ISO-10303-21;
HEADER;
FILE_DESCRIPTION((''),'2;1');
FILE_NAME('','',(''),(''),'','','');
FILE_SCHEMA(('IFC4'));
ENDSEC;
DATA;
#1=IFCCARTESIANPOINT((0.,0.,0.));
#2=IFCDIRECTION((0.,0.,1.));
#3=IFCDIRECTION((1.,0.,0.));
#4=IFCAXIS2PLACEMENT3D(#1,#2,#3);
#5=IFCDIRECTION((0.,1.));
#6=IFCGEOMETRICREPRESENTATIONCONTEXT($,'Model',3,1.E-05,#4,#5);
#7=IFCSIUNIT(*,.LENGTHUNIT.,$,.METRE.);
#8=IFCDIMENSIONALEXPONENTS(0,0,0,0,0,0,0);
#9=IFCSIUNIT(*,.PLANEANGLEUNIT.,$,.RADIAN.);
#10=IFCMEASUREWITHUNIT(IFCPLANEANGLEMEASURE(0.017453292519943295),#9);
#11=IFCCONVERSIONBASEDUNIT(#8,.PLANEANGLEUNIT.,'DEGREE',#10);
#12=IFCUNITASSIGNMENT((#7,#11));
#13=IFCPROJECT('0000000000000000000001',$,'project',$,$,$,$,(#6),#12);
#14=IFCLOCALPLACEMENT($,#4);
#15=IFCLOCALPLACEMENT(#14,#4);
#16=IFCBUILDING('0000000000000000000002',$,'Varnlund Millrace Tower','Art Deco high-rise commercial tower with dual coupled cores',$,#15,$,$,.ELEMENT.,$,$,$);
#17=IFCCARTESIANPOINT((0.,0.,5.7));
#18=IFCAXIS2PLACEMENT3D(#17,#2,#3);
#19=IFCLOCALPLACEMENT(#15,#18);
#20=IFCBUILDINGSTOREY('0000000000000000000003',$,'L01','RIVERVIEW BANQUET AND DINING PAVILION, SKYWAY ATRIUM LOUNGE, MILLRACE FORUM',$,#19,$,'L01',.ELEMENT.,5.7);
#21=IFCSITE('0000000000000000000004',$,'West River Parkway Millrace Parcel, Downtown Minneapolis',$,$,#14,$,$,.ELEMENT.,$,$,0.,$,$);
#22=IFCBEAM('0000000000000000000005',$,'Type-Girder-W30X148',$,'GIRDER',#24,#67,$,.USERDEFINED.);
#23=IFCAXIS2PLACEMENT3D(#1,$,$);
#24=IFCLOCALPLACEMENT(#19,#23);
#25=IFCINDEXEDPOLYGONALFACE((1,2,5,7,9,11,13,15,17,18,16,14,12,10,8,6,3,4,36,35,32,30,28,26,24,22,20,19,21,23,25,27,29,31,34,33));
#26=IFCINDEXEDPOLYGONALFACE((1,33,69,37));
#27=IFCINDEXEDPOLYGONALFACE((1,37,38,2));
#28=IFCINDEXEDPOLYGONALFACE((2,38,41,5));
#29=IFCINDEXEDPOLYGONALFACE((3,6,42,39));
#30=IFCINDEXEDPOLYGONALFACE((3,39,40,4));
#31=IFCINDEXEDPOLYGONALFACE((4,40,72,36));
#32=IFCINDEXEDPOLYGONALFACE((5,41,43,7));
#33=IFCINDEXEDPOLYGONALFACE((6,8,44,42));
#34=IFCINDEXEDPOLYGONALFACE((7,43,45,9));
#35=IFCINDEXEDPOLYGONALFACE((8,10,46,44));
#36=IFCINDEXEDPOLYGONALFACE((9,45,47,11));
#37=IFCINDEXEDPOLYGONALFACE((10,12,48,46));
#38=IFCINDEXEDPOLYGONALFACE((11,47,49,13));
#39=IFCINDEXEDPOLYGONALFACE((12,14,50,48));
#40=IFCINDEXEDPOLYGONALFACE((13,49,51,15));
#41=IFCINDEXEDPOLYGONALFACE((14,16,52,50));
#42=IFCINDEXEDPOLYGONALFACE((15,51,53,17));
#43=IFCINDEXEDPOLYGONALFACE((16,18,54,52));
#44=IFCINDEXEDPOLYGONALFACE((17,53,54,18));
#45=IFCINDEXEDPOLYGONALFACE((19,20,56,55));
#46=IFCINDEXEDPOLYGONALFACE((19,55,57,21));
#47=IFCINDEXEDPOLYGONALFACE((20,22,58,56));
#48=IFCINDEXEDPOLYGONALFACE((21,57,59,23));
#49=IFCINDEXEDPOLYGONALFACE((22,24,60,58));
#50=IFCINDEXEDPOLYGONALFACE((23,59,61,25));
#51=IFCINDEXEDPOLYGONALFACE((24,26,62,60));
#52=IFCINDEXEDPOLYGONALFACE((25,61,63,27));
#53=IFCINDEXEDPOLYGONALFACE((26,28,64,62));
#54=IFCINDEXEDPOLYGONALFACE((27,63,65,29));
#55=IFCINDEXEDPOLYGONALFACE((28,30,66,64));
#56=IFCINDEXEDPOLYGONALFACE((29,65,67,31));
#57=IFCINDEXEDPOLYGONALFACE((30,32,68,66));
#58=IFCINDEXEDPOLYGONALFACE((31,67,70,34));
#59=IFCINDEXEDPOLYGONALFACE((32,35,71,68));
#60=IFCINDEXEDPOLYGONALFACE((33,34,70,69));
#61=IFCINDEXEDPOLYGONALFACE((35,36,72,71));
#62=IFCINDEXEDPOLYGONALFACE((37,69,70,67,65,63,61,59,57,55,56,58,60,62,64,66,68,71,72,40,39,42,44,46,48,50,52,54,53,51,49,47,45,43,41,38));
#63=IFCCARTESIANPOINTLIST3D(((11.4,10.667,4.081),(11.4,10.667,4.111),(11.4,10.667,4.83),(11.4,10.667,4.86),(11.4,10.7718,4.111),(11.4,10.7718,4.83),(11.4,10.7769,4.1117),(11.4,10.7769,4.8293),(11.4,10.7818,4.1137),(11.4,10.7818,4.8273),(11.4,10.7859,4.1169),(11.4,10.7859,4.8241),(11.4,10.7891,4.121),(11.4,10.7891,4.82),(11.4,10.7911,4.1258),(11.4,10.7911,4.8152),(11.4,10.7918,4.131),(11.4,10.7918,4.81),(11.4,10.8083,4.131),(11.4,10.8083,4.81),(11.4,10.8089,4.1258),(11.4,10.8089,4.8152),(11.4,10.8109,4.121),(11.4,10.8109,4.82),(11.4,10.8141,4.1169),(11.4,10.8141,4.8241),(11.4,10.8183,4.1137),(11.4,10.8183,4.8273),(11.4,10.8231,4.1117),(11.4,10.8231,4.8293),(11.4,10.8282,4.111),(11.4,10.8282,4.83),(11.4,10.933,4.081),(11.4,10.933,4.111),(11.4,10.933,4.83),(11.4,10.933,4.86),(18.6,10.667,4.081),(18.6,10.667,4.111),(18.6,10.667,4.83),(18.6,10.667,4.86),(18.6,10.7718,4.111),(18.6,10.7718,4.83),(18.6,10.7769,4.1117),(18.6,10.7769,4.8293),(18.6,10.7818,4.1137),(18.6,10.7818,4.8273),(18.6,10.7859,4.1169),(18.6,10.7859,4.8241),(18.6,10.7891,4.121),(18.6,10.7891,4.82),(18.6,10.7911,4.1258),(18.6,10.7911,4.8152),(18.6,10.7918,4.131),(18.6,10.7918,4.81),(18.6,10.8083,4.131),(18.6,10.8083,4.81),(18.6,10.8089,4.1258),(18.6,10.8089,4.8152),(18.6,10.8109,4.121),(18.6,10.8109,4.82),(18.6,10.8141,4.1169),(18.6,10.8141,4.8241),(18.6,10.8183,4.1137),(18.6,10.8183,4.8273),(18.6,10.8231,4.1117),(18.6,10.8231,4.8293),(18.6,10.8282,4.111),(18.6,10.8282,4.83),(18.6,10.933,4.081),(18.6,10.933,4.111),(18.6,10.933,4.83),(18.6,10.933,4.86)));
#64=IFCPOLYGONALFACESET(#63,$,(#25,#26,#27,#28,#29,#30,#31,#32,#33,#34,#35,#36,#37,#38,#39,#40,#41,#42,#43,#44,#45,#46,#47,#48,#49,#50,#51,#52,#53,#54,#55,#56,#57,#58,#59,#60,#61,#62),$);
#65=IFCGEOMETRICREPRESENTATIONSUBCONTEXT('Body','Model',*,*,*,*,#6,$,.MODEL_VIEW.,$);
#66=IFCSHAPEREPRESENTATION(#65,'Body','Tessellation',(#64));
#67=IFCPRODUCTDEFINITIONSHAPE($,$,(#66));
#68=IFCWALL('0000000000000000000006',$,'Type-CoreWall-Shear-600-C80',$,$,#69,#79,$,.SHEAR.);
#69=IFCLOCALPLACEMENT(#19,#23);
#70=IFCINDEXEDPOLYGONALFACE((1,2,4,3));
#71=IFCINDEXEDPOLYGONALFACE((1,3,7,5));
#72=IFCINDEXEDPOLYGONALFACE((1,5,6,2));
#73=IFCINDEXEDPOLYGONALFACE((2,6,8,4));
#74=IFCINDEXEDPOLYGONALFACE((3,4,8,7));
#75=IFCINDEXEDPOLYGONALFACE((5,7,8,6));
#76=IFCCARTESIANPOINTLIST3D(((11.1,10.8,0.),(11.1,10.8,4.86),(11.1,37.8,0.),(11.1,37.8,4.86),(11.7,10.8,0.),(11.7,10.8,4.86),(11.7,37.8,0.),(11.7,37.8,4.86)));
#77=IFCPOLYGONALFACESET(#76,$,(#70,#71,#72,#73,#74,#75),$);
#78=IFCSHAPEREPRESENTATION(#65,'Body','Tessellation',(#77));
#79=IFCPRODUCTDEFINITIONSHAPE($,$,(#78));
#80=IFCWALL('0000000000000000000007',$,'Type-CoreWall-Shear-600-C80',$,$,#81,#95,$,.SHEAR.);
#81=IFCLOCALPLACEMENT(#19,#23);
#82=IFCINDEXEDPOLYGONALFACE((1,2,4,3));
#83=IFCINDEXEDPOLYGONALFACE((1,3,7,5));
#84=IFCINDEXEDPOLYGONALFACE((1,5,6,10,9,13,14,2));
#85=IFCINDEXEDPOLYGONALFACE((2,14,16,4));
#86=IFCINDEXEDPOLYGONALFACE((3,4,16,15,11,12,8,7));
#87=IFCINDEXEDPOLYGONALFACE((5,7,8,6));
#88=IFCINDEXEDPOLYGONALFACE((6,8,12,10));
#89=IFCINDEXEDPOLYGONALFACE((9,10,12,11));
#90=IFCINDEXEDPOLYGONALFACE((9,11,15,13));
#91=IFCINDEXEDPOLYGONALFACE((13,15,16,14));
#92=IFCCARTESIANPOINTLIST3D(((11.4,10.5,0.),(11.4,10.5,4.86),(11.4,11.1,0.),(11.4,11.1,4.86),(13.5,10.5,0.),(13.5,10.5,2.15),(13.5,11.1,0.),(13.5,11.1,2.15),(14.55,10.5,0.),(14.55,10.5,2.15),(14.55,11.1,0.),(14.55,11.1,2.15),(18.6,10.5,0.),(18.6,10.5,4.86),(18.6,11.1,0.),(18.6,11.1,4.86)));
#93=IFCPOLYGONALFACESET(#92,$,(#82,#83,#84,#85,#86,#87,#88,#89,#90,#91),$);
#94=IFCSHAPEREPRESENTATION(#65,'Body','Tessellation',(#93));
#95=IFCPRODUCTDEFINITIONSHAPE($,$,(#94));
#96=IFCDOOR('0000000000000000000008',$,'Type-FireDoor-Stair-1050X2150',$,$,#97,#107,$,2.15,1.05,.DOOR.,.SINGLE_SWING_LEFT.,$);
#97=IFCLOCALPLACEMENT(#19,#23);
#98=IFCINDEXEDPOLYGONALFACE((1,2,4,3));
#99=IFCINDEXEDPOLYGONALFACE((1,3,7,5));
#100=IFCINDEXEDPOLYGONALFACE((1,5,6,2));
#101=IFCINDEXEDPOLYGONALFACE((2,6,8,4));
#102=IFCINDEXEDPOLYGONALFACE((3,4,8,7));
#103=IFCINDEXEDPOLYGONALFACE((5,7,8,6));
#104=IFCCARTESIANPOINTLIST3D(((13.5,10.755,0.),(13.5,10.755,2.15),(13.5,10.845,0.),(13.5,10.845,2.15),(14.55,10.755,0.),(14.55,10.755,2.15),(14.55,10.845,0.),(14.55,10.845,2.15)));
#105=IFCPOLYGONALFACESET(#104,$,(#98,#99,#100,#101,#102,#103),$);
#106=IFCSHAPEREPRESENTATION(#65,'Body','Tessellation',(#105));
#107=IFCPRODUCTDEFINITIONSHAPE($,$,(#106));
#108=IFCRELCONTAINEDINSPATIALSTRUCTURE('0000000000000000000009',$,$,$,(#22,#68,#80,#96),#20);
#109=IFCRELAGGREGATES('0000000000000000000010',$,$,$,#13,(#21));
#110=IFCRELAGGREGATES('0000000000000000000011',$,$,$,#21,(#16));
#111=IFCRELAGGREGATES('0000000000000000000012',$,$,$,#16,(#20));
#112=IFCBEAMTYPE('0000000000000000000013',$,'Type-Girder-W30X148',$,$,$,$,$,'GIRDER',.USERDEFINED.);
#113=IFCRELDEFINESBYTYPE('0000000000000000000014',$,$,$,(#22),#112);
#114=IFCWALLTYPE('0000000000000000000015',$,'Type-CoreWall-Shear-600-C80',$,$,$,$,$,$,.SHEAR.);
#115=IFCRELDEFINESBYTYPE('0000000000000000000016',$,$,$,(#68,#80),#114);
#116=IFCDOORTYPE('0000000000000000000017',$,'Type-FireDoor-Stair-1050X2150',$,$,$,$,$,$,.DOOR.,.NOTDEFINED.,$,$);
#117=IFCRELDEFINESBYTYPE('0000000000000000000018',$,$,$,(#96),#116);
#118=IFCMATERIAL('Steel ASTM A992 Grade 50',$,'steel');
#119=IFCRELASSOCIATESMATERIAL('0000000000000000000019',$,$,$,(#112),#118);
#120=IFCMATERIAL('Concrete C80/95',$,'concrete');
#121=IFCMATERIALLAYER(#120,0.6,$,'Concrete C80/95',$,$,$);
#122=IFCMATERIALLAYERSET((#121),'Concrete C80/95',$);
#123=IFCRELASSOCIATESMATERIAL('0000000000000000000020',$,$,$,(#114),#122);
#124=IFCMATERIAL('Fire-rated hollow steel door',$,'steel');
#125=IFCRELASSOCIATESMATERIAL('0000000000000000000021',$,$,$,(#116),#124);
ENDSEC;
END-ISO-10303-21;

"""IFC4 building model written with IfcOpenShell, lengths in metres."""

from ifc_helpers import new_model, entity, si_unit, converted_unit, direction, frame, origin_with_axes, origin_2d_with_axis, place, context, subcontext, project, spatial, polyline, rectangle, i_section, outline, extrude, material, layer, layer_set, material_profile, profile_set, type_object, element, fill, save


model = new_model("IFC4")

# Units and contexts
model_context = context("Model", 3, precision=1e-05, world=origin_with_axes(), true_north=direction((0.0, 1.0)))
body_context = subcontext(model_context, "Body", "Model", "MODEL_VIEW")
ifc_project = project(units=[si_unit("LENGTHUNIT", "METRE"), converted_unit("PLANEANGLEUNIT", "DEGREE", entity("IfcPlaneAngleMeasure", 0.017453292519943295), si_unit("PLANEANGLEUNIT", "RADIAN"), dimensions=[0, 0, 0, 0, 0, 0, 0])], contexts=[model_context])

# Site, building, storey
site_placement = place(None, origin_with_axes())
site = spatial("IfcSite", under=ifc_project, at=site_placement, Name="West River Parkway Millrace Parcel, Downtown Minneapolis", CompositionType="ELEMENT", RefElevation=0.0)
building_placement = place(site_placement, origin_with_axes())
building = spatial("IfcBuilding", under=site, at=building_placement, Name="Varnlund Millrace Tower", Description="Art Deco high-rise commercial tower with dual coupled cores", CompositionType="ELEMENT")
storey_placement = place(building_placement, frame((0.0, 0.0, 5.7), z_axis=(0.0, 0.0, 1.0), x_axis=(1.0, 0.0, 0.0)))
storey = spatial("IfcBuildingStorey", under=building, at=storey_placement, Name="L01", Description="RIVERVIEW BANQUET AND DINING PAVILION, SKYWAY ATRIUM LOUNGE, MILLRACE FORUM", LongName="L01", CompositionType="ELEMENT", Elevation=5.7)

# Shared definitions
ifc_material_1 = material(Name="Concrete C80/95", Category="concrete")

# Beam
ifc_material_2 = material(Name="Steel ASTM A992 Grade 50", Category="steel")
ifc_material_profile_1 = material_profile(ifc_material_2, i_section(OverallWidth=0.266, OverallDepth=0.779, WebThickness=0.0165, FlangeThickness=0.03, FilletRadius=0.02, at=origin_2d_with_axis()), Name="Steel ASTM A992 Grade 50")
ifc_profile_set_1 = profile_set([ifc_material_profile_1], Name="Steel ASTM A992 Grade 50")
beam_type_1 = type_object("IfcBeamType", Name="Type-Girder-W30X148", ElementType="GIRDER", PredefinedType="USERDEFINED", material=ifc_profile_set_1)
beam_1_placement = place(storey_placement, frame((11.4, 10.8, 4.4705), z_axis=(1.0, 0.0, 0.0), x_axis=(0.0, 1.0, 0.0)))
element("IfcBeam", 1, at=beam_1_placement, inside=storey, type_object=beam_type_1, Name="Type-Girder-W30X148", ObjectType="GIRDER", PredefinedType="USERDEFINED", context=body_context, shape_type="SweptSolid", body=[
    extrude(i_section(OverallWidth=0.266, OverallDepth=0.779, WebThickness=0.0165, FlangeThickness=0.03, FilletRadius=0.02, at=origin_2d_with_axis()), origin_with_axes(), (0.0, 0.0, 1.0), 7.2),
])

# Wall
ifc_layer_1 = layer(ifc_material_1, 0.6, Name="Concrete C80/95")
ifc_layer_set_1 = layer_set([ifc_layer_1], Name="Concrete C80/95")
wall_type_1 = type_object("IfcWallType", Name="Type-CoreWall-Shear-600-C80", PredefinedType="SHEAR", material=ifc_layer_set_1)
wall_1_placement = place(storey_placement, frame((11.4, 10.8, 0.0), z_axis=(0.0, 0.0, 1.0), x_axis=(0.0, 1.0, 0.0)))
element("IfcWall", 2, at=wall_1_placement, inside=storey, type_object=wall_type_1, Name="Type-CoreWall-Shear-600-C80", PredefinedType="SHEAR", context=body_context, shape_type="SweptSolid", body=[
    extrude(outline(polyline([(0.0, -0.3), (27.0, -0.3), (27.0, 0.3), (0.0, 0.3), (0.0, -0.3)])), origin_with_axes(), (0.0, 0.0, 1.0), 4.86),
])

# Wall, opening, door
wall_2_placement = place(storey_placement, frame((11.4, 10.8, 0.0), z_axis=(0.0, 0.0, 1.0), x_axis=(1.0, 0.0, 0.0)))
wall_2 = element("IfcWall", 3, at=wall_2_placement, inside=storey, type_object=wall_type_1, Name="Type-CoreWall-Shear-600-C80", PredefinedType="SHEAR", context=body_context, shape_type="SweptSolid", body=[
    extrude(outline(polyline([(0.0, -0.3), (7.2, -0.3), (7.2, 0.3), (0.0, 0.3), (0.0, -0.3)])), origin_with_axes(), (0.0, 0.0, 1.0), 4.86),
])
opening_1_placement = place(wall_2_placement, frame((2.625, 0.0, 0.0), z_axis=(0.0, 0.0, 1.0), x_axis=(1.0, 0.0, 0.0)))
opening_1 = element("IfcOpeningElement", 4, at=opening_1_placement, cuts=wall_2, PredefinedType="OPENING", context=body_context, shape_type="SweptSolid", body=[
    extrude(rectangle(XDim=1.05, YDim=0.62, at=origin_2d_with_axis()), origin_with_axes(), (0.0, 0.0, 1.0), 2.15),
])
ifc_material_3 = material(Name="Fire-rated hollow steel door", Category="steel")
door_type_1 = type_object("IfcDoorType", Name="Type-FireDoor-Stair-1050X2150", OperationType="NOTDEFINED", PredefinedType="DOOR", material=ifc_material_3)
door_1_placement = place(wall_2_placement, frame((2.625, 0.0, 0.0), z_axis=(0.0, 0.0, 1.0), x_axis=(1.0, 0.0, 0.0)))
door_1 = element("IfcDoor", 5, at=door_1_placement, inside=storey, type_object=door_type_1, Name="Type-FireDoor-Stair-1050X2150", OperationType="SINGLE_SWING_LEFT", OverallHeight=2.15, OverallWidth=1.05, PredefinedType="DOOR", context=body_context, shape_type="SweptSolid", body=[
    extrude(rectangle(XDim=1.05, YDim=0.09, at=origin_2d_with_axis()), origin_with_axes(), (0.0, 0.0, 1.0), 2.15),
])
fill(opening_1, door_1)

save(model, "model.ifc")
